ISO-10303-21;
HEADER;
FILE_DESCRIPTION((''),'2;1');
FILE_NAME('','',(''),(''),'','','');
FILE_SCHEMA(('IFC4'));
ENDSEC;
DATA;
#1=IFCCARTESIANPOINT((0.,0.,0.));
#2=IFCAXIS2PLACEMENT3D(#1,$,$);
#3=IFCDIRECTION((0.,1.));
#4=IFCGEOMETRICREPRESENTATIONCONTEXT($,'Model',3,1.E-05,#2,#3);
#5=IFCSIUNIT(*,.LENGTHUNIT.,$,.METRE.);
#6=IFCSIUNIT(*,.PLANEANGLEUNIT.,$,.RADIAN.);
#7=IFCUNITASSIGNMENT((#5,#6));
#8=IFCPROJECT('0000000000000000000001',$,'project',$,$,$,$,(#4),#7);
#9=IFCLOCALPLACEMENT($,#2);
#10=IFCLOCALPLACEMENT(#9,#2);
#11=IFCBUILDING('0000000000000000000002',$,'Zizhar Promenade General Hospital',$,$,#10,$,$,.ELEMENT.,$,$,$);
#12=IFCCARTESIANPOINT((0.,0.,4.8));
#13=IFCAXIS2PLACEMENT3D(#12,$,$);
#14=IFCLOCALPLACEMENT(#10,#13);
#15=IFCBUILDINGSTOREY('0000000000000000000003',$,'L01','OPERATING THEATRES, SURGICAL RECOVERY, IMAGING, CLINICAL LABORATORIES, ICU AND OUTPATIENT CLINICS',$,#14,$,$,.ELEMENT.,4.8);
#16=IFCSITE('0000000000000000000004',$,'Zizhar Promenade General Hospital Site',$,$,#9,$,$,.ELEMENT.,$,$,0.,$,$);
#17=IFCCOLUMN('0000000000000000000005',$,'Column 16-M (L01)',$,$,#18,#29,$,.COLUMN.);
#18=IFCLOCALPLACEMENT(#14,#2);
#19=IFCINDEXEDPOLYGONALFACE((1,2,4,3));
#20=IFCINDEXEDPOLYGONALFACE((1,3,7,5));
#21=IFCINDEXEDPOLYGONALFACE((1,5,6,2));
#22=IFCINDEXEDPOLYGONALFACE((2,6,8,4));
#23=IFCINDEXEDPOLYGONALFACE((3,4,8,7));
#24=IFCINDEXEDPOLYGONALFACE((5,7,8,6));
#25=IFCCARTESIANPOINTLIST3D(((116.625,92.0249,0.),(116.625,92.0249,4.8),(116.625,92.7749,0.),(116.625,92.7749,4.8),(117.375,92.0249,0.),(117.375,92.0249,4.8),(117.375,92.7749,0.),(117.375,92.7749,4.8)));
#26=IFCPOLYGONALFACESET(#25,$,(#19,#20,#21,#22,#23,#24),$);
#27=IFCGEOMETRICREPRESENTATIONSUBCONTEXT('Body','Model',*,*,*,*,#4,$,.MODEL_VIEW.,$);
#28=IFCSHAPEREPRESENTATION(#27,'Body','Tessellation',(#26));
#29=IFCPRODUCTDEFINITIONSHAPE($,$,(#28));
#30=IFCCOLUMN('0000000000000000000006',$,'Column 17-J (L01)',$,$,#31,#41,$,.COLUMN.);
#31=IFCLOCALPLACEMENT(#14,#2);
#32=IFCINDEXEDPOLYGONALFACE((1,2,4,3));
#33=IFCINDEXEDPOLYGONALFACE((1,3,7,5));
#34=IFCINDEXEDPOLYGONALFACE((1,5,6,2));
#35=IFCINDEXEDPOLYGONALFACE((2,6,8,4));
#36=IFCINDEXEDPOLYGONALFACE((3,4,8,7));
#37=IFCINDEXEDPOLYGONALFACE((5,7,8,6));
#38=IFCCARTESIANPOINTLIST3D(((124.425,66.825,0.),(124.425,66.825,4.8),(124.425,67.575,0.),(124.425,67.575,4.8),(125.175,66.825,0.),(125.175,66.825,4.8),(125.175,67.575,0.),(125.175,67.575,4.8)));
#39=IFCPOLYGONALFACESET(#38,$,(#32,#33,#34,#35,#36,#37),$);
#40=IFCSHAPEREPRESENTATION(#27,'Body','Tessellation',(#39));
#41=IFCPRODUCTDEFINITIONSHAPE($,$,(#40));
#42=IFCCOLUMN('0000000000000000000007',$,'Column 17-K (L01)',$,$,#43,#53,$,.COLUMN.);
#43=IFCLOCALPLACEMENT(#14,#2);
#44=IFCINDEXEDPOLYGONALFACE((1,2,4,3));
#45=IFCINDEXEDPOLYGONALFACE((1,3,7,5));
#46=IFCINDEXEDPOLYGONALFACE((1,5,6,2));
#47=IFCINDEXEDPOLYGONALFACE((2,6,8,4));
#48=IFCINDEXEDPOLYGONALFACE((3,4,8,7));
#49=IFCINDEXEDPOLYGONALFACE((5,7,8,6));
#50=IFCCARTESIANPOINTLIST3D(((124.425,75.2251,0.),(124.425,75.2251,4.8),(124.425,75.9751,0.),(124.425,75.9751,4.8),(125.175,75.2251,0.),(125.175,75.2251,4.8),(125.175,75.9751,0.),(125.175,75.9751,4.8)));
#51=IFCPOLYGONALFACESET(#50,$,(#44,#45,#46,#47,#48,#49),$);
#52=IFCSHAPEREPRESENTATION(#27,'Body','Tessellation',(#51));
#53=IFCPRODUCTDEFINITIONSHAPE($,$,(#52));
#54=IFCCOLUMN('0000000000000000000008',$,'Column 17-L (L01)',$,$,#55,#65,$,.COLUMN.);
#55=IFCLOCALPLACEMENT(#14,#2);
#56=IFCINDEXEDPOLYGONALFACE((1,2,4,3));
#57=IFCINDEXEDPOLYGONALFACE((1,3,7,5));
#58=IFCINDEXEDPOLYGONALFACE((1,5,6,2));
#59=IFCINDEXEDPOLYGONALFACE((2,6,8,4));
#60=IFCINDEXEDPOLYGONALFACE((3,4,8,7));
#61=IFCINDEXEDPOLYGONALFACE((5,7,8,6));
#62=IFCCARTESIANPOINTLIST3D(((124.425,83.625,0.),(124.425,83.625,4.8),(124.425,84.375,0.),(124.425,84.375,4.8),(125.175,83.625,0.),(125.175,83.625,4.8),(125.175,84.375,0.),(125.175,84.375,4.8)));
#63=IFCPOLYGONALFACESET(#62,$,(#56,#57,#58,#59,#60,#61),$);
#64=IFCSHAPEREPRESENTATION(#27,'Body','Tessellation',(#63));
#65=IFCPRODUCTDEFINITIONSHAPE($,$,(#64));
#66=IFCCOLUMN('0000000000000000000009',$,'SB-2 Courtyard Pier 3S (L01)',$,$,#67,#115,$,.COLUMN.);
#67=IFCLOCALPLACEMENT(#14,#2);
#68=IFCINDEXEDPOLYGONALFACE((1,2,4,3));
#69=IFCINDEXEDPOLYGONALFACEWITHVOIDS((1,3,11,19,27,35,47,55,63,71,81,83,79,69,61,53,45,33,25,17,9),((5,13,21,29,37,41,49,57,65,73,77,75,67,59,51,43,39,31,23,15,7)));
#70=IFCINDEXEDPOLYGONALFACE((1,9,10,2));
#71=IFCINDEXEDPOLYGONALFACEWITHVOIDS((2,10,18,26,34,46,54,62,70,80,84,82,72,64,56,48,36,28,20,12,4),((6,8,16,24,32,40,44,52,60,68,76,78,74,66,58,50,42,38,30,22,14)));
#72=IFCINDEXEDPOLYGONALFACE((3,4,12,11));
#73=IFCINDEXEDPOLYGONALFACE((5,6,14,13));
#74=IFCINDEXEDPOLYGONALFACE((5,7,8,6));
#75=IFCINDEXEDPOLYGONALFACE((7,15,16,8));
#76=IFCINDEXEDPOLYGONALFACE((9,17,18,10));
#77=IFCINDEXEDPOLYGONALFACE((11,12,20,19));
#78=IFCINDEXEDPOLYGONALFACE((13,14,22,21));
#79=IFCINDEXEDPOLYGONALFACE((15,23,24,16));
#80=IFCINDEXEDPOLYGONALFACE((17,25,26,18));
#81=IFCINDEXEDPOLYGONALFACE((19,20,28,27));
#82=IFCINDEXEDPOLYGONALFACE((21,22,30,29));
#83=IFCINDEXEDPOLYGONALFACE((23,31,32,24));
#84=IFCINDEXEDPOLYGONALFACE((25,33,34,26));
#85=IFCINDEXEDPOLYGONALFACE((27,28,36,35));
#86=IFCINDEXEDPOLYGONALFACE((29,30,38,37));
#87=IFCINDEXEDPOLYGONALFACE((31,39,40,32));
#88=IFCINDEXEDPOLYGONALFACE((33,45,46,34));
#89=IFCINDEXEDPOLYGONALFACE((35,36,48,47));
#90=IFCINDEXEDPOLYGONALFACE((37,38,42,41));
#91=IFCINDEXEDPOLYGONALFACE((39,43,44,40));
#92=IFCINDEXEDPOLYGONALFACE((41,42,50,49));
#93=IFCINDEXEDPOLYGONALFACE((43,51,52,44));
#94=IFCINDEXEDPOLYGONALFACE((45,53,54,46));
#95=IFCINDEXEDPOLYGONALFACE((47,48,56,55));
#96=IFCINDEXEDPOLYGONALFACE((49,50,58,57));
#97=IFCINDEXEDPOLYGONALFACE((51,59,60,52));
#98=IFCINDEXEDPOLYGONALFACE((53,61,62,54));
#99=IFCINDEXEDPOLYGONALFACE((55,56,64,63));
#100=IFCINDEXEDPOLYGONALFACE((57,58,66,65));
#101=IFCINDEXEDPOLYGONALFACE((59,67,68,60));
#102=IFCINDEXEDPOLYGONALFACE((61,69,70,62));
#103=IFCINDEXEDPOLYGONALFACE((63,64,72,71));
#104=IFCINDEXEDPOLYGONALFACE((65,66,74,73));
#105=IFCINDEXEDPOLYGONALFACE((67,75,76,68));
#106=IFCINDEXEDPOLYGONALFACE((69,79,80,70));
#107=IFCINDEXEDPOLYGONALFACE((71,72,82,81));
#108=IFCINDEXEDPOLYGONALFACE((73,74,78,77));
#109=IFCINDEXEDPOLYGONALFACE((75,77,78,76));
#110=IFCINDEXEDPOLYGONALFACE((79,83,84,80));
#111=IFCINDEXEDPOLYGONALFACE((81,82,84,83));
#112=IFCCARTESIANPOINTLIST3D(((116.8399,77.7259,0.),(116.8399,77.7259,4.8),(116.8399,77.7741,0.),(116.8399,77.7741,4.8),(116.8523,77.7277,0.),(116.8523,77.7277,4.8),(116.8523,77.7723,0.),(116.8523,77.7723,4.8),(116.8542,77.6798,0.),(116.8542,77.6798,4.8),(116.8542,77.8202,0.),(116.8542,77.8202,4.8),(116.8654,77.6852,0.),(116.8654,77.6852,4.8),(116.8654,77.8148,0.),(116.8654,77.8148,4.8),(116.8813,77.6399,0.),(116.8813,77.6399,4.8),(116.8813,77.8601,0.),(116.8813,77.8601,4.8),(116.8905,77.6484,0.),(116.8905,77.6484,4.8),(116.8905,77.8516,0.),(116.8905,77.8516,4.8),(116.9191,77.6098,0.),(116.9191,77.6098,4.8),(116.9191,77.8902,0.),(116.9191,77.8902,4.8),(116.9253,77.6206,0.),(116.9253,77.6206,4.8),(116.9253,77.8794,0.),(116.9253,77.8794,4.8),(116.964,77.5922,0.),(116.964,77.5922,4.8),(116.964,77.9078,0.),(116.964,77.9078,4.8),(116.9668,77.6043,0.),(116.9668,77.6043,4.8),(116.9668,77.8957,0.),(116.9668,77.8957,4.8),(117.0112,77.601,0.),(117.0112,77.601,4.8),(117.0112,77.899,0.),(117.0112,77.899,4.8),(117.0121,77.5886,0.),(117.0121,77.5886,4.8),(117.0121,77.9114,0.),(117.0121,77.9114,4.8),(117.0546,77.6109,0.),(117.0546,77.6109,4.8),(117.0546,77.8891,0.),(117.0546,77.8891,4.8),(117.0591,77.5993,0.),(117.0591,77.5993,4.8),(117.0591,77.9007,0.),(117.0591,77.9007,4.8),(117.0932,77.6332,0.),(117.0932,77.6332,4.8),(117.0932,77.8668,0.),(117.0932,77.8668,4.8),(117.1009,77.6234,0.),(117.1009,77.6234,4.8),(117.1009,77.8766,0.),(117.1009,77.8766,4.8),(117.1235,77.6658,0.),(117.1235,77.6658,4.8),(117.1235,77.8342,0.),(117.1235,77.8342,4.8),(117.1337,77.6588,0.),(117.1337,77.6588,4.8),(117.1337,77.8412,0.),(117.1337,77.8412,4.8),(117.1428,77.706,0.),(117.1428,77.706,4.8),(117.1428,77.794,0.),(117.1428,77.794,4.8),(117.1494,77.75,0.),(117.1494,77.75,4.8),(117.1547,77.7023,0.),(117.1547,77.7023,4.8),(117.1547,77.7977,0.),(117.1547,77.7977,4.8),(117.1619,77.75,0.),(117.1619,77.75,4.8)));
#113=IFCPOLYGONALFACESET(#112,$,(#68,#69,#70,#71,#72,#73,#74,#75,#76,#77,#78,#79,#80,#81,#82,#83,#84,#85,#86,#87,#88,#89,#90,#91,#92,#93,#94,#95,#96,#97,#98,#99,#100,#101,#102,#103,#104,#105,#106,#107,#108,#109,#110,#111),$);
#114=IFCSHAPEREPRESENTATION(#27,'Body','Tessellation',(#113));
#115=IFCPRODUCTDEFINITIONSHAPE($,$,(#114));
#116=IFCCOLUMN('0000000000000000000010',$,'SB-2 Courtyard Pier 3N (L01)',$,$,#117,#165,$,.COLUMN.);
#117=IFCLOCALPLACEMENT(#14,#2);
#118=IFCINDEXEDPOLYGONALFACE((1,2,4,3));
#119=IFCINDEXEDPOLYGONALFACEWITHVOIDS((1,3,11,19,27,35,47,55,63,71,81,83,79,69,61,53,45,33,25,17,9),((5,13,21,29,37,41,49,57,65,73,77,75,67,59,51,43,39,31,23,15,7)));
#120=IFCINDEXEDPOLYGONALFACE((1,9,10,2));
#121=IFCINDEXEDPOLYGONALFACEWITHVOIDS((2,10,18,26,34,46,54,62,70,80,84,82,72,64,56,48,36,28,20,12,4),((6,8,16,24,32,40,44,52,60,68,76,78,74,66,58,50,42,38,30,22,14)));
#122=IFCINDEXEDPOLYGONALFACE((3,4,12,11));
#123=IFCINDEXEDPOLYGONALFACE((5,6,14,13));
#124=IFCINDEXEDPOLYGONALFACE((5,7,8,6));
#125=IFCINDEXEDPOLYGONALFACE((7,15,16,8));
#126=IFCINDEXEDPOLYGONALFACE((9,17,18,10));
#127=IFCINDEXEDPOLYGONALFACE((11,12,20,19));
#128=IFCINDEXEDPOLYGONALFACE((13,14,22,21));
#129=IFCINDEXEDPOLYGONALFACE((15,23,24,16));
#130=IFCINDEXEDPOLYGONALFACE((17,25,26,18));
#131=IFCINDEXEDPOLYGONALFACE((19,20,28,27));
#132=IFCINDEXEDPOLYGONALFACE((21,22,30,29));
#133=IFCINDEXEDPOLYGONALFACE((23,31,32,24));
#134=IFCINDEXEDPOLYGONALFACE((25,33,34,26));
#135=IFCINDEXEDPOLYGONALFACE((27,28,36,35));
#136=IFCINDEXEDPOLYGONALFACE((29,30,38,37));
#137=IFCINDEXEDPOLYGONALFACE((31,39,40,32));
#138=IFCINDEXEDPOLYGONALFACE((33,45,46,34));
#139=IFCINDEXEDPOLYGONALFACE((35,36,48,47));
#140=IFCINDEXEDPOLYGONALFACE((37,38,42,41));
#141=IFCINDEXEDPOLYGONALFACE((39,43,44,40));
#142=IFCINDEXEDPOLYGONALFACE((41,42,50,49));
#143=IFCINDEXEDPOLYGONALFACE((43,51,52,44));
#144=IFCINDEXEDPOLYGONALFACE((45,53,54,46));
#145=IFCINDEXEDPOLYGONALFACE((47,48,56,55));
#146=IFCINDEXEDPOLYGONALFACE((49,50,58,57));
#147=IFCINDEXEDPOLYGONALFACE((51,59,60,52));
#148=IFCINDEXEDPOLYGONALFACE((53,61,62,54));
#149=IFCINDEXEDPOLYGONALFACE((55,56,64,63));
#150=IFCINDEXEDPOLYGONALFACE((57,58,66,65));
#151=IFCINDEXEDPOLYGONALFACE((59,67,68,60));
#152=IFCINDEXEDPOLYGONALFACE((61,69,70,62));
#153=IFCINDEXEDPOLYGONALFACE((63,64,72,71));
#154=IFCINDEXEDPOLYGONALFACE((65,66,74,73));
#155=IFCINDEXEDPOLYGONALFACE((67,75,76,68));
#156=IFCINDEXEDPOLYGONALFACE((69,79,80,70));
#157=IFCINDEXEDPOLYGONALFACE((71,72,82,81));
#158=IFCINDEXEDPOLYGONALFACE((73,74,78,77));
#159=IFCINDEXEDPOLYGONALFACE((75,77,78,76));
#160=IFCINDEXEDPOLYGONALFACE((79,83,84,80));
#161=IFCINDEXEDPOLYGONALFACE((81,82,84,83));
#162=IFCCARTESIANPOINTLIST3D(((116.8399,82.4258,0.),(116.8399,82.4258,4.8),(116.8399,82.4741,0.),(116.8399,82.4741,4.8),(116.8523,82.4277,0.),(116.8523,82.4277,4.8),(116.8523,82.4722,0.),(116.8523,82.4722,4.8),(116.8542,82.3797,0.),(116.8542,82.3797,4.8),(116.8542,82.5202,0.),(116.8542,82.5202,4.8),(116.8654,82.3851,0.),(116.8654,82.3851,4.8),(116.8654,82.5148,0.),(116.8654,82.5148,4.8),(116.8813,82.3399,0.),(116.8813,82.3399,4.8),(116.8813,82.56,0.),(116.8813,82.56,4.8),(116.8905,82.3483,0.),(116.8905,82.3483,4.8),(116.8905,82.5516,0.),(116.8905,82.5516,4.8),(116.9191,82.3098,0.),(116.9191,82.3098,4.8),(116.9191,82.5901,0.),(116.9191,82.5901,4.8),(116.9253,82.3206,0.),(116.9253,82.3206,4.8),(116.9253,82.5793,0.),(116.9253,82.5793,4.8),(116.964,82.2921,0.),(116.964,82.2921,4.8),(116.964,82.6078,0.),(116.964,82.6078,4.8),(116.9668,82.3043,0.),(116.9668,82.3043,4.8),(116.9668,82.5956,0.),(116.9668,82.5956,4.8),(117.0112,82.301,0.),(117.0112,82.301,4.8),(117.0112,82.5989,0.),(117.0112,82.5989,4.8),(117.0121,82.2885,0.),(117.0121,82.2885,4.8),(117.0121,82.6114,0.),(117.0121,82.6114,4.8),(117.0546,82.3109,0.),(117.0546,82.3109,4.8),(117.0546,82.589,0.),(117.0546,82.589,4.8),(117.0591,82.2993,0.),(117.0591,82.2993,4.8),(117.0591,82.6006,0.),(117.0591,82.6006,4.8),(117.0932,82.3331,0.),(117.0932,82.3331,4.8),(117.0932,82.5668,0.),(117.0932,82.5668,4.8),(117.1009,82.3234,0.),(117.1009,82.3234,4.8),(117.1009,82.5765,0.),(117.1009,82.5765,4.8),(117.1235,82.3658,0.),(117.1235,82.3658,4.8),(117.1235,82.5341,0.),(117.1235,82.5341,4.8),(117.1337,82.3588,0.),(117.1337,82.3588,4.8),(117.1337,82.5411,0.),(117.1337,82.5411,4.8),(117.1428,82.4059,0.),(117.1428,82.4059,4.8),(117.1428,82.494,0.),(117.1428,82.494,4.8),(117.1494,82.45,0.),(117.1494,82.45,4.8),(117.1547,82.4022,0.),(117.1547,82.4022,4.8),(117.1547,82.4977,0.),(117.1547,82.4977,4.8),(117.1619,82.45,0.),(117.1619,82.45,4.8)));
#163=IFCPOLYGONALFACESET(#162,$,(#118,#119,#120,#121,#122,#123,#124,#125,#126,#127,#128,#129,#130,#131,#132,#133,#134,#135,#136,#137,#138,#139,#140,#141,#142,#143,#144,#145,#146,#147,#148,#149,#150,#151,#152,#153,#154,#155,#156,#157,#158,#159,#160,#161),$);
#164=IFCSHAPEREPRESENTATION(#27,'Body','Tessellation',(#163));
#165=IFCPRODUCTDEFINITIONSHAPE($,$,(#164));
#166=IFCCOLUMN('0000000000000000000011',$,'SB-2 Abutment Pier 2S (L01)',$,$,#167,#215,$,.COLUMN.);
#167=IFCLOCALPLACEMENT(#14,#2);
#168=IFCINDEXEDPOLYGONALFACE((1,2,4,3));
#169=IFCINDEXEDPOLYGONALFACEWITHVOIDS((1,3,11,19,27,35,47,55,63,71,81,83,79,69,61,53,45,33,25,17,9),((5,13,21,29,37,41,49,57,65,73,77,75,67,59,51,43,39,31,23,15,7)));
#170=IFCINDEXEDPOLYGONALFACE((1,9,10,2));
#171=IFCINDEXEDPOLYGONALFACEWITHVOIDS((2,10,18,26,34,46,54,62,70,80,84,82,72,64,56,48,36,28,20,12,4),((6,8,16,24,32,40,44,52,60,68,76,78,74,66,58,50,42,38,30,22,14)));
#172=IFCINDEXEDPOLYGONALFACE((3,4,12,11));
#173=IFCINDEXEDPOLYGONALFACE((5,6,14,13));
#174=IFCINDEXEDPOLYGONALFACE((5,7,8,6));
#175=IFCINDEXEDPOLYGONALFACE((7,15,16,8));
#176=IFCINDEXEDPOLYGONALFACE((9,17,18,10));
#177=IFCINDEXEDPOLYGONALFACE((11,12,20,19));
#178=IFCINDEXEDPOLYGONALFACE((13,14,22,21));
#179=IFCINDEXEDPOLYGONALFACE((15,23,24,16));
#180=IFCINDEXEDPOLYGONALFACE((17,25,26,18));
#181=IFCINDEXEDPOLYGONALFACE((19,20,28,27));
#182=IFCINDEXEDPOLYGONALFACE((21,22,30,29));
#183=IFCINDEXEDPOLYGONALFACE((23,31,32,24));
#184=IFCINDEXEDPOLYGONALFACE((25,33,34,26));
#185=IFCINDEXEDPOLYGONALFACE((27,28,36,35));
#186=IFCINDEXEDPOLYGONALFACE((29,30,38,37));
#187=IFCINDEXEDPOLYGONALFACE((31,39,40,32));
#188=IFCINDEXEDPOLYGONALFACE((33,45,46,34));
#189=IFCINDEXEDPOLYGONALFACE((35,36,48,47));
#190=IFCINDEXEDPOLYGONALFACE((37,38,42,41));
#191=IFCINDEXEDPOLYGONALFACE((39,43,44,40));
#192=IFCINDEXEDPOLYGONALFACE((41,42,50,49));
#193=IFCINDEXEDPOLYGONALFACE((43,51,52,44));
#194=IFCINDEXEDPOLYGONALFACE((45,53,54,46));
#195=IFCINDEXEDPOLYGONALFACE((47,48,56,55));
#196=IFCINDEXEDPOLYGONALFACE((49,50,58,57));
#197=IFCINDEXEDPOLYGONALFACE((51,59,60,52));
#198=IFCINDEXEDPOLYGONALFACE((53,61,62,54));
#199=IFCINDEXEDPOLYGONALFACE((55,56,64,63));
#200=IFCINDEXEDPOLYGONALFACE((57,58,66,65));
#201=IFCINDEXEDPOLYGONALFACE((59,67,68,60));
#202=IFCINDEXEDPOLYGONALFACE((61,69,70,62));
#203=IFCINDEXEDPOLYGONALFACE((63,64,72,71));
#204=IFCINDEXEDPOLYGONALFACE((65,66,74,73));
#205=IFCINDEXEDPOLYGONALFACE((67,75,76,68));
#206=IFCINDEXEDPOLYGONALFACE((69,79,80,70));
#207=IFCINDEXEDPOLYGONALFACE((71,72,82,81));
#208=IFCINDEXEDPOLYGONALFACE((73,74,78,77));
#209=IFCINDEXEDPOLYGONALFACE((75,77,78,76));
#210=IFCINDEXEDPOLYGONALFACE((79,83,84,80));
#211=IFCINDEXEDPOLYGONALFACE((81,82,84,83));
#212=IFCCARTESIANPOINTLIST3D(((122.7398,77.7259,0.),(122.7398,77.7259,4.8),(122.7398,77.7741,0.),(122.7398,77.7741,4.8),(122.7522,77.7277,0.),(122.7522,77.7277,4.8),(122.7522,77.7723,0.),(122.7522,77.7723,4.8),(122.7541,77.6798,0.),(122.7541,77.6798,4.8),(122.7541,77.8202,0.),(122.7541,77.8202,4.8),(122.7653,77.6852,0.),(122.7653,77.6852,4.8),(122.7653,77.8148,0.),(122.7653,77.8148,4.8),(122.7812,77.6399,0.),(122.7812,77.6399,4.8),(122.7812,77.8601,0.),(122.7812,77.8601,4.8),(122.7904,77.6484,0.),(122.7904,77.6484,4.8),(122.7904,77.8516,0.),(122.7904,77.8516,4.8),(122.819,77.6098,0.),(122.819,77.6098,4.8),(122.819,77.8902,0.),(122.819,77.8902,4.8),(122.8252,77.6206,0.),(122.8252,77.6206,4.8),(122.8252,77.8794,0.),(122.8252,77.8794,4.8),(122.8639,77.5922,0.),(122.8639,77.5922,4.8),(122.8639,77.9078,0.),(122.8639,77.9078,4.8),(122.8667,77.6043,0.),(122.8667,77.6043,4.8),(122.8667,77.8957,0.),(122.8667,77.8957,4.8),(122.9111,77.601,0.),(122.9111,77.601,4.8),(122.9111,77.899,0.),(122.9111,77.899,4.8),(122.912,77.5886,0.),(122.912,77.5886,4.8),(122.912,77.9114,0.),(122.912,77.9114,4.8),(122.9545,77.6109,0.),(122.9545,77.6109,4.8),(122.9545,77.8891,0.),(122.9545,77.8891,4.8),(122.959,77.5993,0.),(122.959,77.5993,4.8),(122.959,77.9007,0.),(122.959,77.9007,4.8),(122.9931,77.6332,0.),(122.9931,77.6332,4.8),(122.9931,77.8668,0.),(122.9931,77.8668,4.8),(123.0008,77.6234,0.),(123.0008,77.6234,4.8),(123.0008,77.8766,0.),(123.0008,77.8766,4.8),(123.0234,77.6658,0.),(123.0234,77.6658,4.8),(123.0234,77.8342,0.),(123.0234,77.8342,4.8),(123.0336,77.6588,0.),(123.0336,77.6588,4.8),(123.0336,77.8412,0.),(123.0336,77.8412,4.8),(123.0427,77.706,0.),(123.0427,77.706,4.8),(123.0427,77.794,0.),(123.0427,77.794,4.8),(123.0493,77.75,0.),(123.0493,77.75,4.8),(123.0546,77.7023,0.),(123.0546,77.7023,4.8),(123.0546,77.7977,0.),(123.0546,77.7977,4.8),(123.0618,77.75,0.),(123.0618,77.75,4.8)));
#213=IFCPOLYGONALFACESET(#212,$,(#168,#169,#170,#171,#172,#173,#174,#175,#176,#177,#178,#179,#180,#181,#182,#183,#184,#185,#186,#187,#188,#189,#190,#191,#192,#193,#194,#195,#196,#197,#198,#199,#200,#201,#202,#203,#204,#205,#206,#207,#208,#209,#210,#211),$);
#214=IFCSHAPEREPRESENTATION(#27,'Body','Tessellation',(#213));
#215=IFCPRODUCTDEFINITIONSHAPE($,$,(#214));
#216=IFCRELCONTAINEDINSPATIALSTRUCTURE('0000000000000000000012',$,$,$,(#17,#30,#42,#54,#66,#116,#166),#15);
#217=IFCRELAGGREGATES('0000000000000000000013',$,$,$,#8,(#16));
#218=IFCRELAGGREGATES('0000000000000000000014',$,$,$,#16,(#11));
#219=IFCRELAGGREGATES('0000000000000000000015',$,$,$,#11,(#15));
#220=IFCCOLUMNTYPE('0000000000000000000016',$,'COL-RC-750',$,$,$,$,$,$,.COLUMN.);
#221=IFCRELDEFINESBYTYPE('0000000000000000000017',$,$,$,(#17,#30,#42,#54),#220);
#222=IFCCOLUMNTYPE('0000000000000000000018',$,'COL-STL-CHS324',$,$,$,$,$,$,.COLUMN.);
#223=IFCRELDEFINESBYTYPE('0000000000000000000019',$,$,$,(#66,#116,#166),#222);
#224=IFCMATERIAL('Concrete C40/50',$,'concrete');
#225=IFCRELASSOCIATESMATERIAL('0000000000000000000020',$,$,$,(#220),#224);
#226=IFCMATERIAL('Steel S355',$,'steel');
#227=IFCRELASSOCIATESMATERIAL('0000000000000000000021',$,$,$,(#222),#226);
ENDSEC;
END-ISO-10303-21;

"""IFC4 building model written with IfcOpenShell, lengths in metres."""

from ifc_helpers import new_model, si_unit, direction, frame, origin, origin_2d, place, context, subcontext, project, spatial, rectangle, hollow_circle, extrude, material, material_profile, profile_set, type_object, element, save


model = new_model("IFC4")

# Units and contexts
model_context = context("Model", 3, precision=1e-05, world=origin(), true_north=direction((0.0, 1.0)))
body_context = subcontext(model_context, "Body", "Model", "MODEL_VIEW")
ifc_project = project(units=[si_unit("LENGTHUNIT", "METRE"), si_unit("PLANEANGLEUNIT", "RADIAN")], contexts=[model_context])

# Site, building, storey
site_placement = place(None, origin())
site = spatial("IfcSite", under=ifc_project, at=site_placement, Name="Zizhar Promenade General Hospital Site", CompositionType="ELEMENT", RefElevation=0.0)
building_placement = place(site_placement, origin())
building = spatial("IfcBuilding", under=site, at=building_placement, Name="Zizhar Promenade General Hospital", CompositionType="ELEMENT")
storey_placement = place(building_placement, frame((0.0, 0.0, 4.8)))
storey = spatial("IfcBuildingStorey", under=building, at=storey_placement, Name="L01", Description="OPERATING THEATRES, SURGICAL RECOVERY, IMAGING, CLINICAL LABORATORIES, ICU AND OUTPATIENT CLINICS", CompositionType="ELEMENT", Elevation=4.8)

# Columns
ifc_material_1 = material(Name="Concrete C40/50", Category="concrete")
ifc_material_profile_1 = material_profile(ifc_material_1, rectangle(XDim=0.75, YDim=0.75, at=origin_2d()))
ifc_profile_set_1 = profile_set([ifc_material_profile_1], Name="Concrete C40/50")
column_type_1 = type_object("IfcColumnType", Name="COL-RC-750", PredefinedType="COLUMN", material=ifc_profile_set_1)
for number, where, z_axis, x_axis, name in (
    (1, (117.0, 92.3999, 0.0), (0.0, 0.0, 1.0), (1.0, 0.0, 0.0), "Column 16-M (L01)"),
    (2, (124.8, 67.2, 0.0), (0.0, 0.0, 1.0), (1.0, 0.0, 0.0), "Column 17-J (L01)"),
    (3, (124.8, 75.6001, 0.0), (0.0, 0.0, 1.0), (1.0, 0.0, 0.0), "Column 17-K (L01)"),
    (4, (124.8, 84.0, 0.0), (0.0, 0.0, 1.0), (1.0, 0.0, 0.0), "Column 17-L (L01)"),
):
    element("IfcColumn", number, at=place(storey_placement, frame(where, z_axis=z_axis, x_axis=x_axis)), inside=storey, type_object=column_type_1, Name=name, PredefinedType="COLUMN", context=body_context, shape_type="SweptSolid", body=[
        extrude(rectangle(XDim=0.75, YDim=0.75, at=origin_2d()), origin(), (0.0, 0.0, 1.0), 4.8),
    ])
ifc_material_2 = material(Name="Steel S355", Category="steel")
ifc_material_profile_2 = material_profile(ifc_material_2, hollow_circle(Radius=0.1619, WallThickness=0.0125, at=origin_2d()))
ifc_profile_set_2 = profile_set([ifc_material_profile_2], Name="Steel S355")
column_type_2 = type_object("IfcColumnType", Name="COL-STL-CHS324", PredefinedType="COLUMN", material=ifc_profile_set_2)
for number, where, z_axis, x_axis, name in (
    (5, (117.0, 77.75, 0.0), (0.0, 0.0, 1.0), (1.0, 0.0, 0.0), "SB-2 Courtyard Pier 3S (L01)"),
    (6, (117.0, 82.45, 0.0), (0.0, 0.0, 1.0), (1.0, 0.0, 0.0), "SB-2 Courtyard Pier 3N (L01)"),
    (7, (122.8999, 77.75, 0.0), (0.0, 0.0, 1.0), (1.0, 0.0, 0.0), "SB-2 Abutment Pier 2S (L01)"),
):
    element("IfcColumn", number, at=place(storey_placement, frame(where, z_axis=z_axis, x_axis=x_axis)), inside=storey, type_object=column_type_2, Name=name, PredefinedType="COLUMN", context=body_context, shape_type="SweptSolid", body=[
        extrude(hollow_circle(Radius=0.1619, WallThickness=0.0125, at=origin_2d()), origin(), (0.0, 0.0, 1.0), 4.8),
    ])

save(model, "model.ifc")
